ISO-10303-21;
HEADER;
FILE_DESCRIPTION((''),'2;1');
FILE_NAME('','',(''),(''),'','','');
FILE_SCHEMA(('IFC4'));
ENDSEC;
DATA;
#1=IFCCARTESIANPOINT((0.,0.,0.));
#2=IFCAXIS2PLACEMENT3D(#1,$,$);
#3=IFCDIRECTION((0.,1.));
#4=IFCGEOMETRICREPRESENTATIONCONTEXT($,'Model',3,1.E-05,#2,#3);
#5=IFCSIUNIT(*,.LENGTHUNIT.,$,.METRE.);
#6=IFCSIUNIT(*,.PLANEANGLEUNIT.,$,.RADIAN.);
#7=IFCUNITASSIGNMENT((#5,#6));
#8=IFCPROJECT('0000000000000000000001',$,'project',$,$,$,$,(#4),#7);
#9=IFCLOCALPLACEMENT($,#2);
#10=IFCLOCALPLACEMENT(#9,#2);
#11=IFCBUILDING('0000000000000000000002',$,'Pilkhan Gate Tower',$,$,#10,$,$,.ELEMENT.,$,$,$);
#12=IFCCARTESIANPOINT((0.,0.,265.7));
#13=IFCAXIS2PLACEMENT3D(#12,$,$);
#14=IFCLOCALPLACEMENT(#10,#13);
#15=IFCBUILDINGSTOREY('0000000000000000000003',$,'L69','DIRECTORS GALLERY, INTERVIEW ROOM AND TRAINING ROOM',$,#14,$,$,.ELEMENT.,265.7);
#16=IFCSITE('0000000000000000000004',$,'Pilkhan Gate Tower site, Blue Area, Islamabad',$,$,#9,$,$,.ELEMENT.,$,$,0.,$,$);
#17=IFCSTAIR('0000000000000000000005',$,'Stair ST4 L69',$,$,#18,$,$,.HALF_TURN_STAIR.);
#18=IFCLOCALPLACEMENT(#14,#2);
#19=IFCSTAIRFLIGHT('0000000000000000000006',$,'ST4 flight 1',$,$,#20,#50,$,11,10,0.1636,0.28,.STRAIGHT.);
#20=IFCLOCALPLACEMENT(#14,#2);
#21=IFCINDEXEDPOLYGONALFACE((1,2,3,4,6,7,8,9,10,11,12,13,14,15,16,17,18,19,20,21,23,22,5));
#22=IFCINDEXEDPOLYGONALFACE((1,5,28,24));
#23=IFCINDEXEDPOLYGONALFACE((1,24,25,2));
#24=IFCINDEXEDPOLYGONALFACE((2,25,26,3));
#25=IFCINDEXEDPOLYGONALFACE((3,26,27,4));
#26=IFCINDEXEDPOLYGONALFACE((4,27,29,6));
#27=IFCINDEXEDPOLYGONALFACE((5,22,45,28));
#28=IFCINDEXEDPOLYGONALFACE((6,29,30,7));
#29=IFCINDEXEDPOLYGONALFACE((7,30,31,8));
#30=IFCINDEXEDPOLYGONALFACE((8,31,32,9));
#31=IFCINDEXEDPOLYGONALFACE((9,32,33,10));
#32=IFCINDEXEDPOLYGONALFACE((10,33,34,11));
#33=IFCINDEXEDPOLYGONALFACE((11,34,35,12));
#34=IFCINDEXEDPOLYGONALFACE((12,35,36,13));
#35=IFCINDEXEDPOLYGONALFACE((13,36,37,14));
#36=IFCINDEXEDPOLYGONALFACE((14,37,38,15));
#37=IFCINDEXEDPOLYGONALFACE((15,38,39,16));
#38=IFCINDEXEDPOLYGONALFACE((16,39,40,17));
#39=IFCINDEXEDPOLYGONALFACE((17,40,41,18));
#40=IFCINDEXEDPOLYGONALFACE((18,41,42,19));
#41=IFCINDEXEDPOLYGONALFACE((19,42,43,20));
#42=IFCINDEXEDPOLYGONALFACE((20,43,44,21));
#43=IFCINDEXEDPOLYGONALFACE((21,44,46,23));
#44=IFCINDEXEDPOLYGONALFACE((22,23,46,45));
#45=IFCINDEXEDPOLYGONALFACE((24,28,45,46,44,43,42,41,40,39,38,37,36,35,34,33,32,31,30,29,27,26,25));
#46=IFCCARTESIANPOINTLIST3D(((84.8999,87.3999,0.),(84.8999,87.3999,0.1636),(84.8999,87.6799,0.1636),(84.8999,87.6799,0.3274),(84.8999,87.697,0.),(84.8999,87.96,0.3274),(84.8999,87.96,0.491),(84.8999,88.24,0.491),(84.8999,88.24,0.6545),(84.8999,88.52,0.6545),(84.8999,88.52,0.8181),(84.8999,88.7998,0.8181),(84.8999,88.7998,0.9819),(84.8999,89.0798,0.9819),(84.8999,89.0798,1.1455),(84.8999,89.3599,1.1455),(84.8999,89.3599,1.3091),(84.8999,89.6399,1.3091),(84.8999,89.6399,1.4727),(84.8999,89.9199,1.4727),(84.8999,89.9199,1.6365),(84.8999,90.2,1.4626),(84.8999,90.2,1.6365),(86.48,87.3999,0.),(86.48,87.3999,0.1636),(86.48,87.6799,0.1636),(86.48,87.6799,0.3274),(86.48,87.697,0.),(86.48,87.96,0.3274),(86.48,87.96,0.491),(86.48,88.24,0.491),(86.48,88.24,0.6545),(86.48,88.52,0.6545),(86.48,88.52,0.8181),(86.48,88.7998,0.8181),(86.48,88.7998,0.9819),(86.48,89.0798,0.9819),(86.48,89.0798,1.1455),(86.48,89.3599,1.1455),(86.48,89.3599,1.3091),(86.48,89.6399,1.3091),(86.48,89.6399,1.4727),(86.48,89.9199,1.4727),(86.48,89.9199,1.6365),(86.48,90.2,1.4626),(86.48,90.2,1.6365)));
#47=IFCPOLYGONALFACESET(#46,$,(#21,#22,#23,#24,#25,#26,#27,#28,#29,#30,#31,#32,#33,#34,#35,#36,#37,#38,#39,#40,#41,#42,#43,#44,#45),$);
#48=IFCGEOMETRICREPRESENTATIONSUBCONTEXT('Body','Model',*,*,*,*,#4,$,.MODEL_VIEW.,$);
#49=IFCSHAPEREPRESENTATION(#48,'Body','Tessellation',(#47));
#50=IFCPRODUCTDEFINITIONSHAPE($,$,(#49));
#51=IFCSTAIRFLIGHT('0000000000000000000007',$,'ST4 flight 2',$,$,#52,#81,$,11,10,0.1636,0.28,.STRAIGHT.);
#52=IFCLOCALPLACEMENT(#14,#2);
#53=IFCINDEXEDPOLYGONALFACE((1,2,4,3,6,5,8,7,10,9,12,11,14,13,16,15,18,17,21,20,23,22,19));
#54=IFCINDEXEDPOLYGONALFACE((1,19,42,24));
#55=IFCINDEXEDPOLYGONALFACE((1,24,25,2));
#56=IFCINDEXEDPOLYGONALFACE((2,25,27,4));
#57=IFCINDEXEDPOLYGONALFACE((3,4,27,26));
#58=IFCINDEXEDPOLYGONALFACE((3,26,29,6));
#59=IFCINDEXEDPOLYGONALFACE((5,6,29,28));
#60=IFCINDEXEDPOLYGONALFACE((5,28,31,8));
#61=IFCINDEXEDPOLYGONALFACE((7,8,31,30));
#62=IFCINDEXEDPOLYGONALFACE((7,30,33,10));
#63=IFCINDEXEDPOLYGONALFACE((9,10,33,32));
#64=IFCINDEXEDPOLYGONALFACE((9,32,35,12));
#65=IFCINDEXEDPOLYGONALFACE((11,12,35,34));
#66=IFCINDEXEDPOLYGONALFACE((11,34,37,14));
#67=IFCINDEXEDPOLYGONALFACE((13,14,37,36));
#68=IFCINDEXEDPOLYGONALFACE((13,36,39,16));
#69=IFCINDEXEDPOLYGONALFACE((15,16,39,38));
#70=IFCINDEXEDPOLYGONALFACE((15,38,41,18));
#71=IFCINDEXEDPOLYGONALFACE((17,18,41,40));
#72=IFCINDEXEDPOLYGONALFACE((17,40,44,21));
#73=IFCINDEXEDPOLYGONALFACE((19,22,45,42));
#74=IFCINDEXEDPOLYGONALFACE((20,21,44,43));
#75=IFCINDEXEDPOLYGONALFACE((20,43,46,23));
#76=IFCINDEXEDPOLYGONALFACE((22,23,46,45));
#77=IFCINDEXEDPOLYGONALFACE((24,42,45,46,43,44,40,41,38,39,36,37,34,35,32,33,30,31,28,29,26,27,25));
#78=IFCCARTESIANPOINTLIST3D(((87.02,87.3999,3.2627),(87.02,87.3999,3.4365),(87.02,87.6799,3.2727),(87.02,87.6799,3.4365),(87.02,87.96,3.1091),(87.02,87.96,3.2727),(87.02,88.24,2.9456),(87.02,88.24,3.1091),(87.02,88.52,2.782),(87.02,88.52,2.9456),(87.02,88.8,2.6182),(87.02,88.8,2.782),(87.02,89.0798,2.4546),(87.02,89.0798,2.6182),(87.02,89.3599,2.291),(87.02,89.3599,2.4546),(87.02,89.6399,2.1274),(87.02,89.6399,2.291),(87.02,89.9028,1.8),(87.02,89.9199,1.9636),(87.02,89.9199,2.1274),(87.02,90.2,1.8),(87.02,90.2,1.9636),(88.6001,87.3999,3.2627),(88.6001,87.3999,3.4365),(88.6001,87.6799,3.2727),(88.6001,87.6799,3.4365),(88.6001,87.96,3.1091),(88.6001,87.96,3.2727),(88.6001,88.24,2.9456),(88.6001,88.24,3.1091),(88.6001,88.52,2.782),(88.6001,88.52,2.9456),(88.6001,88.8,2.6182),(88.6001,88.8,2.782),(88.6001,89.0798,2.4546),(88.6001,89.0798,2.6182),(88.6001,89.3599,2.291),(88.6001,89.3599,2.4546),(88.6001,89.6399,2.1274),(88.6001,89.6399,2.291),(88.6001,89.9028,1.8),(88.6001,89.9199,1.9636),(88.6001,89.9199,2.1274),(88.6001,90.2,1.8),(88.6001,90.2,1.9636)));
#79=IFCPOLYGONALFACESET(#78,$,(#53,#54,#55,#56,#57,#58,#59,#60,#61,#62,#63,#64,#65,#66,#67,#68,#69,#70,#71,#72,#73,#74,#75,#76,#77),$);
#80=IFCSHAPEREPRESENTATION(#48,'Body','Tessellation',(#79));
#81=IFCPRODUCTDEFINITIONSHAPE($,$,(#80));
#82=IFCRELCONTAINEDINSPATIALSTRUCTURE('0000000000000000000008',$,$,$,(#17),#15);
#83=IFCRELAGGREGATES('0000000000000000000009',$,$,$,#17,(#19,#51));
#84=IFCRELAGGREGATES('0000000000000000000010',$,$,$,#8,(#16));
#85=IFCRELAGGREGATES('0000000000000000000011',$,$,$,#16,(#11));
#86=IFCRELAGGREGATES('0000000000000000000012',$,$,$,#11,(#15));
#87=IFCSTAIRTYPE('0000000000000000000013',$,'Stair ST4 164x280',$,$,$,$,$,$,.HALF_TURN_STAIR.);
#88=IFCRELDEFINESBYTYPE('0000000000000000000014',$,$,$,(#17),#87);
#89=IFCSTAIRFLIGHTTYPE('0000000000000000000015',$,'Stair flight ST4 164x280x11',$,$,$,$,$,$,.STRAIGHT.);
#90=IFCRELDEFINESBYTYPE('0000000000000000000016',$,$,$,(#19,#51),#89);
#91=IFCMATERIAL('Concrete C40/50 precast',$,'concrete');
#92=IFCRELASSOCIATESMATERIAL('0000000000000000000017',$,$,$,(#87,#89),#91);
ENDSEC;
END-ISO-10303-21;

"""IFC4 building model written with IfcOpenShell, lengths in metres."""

from ifc_helpers import new_model, si_unit, direction, frame, origin, place, context, subcontext, project, spatial, polyline, outline, extrude, material, type_object, element, aggregate, save


model = new_model("IFC4")

# Units and contexts
model_context = context("Model", 3, precision=1e-05, world=origin(), true_north=direction((0.0, 1.0)))
body_context = subcontext(model_context, "Body", "Model", "MODEL_VIEW")
ifc_project = project(units=[si_unit("LENGTHUNIT", "METRE"), si_unit("PLANEANGLEUNIT", "RADIAN")], contexts=[model_context])

# Site, building, storey
site_placement = place(None, origin())
site = spatial("IfcSite", under=ifc_project, at=site_placement, Name="Pilkhan Gate Tower site, Blue Area, Islamabad", CompositionType="ELEMENT", RefElevation=0.0)
building_placement = place(site_placement, origin())
building = spatial("IfcBuilding", under=site, at=building_placement, Name="Pilkhan Gate Tower", CompositionType="ELEMENT")
storey_placement = place(building_placement, frame((0.0, 0.0, 265.7)))
storey = spatial("IfcBuildingStorey", under=building, at=storey_placement, Name="L69", Description="DIRECTORS GALLERY, INTERVIEW ROOM AND TRAINING ROOM", CompositionType="ELEMENT", Elevation=265.7)

# Stair, stair flights
ifc_material_1 = material(Name="Concrete C40/50 precast", Category="concrete")
stair_type = type_object("IfcStairType", Name="Stair ST4 164x280", PredefinedType="HALF_TURN_STAIR", material=ifc_material_1)
stair_placement = place(storey_placement, origin())
stair = element("IfcStair", 1, at=stair_placement, inside=storey, type_object=stair_type, Name="Stair ST4 L69", PredefinedType="HALF_TURN_STAIR")
stair_flight_type = type_object("IfcStairFlightType", Name="Stair flight ST4 164x280x11", PredefinedType="STRAIGHT", material=ifc_material_1)
stair_flight_1_placement = place(storey_placement, frame((85.6899, 87.3999, 0.0), z_axis=(0.0, 0.0, 1.0), x_axis=(0.0, 1.0, 0.0)))
stair_flight_1 = element("IfcStairFlight", 2, at=stair_flight_1_placement, type_object=stair_flight_type, Name="ST4 flight 1", NumberOfRisers=11, NumberOfTreads=10, PredefinedType="STRAIGHT", RiserHeight=0.1636, TreadLength=0.28, context=body_context, shape_type="SweptSolid", body=[
    extrude(outline(polyline([(0.0, 0.0), (0.0, 0.1636), (0.28, 0.1636), (0.28, 0.3274), (0.5601, 0.3274), (0.5601, 0.491), (0.8401, 0.491), (0.8401, 0.6545), (1.1201, 0.6545), (1.1201, 0.8181), (1.3999, 0.8181), (1.3999, 0.9819), (1.6799, 0.9819), (1.6799, 1.1455), (1.96, 1.1455), (1.96, 1.3091), (2.24, 1.3091), (2.24, 1.4727), (2.52, 1.4727), (2.52, 1.6365), (2.8, 1.6365), (2.8, 1.8), (2.8, 1.4626), (0.2971, 0.0), (0.0, 0.0)])), frame((0.0, 0.79, 0.0), z_axis=(0.0, -1.0, 0.0), x_axis=(1.0, 0.0, 0.0)), (0.0, 0.0, 1.0), 1.5801),
])
stair_flight_2_placement = place(storey_placement, frame((87.8101, 90.2, 1.8), z_axis=(0.0, 0.0, 1.0), x_axis=(0.0, -1.0, 0.0)))
stair_flight_2 = element("IfcStairFlight", 3, at=stair_flight_2_placement, type_object=stair_flight_type, Name="ST4 flight 2", NumberOfRisers=11, NumberOfTreads=10, PredefinedType="STRAIGHT", RiserHeight=0.1636, TreadLength=0.28, context=body_context, shape_type="SweptSolid", body=[
    extrude(outline(polyline([(0.0, 0.0), (0.0, 0.1636), (0.28, 0.1636), (0.28, 0.3274), (0.5601, 0.3274), (0.5601, 0.491), (0.8401, 0.491), (0.8401, 0.6545), (1.1201, 0.6545), (1.1201, 0.8181), (1.3999, 0.8181), (1.3999, 0.9819), (1.6799, 0.9819), (1.6799, 1.1455), (1.96, 1.1455), (1.96, 1.3091), (2.24, 1.3091), (2.24, 1.4727), (2.52, 1.4727), (2.52, 1.6365), (2.8, 1.6365), (2.8, 1.8), (2.8, 1.4626), (0.2971, 0.0), (0.0, 0.0)])), frame((0.0, 0.79, 0.0), z_axis=(0.0, -1.0, 0.0), x_axis=(1.0, 0.0, 0.0)), (0.0, 0.0, 1.0), 1.5801),
])
aggregate(stair, [stair_flight_1, stair_flight_2])

save(model, "model.ifc")
